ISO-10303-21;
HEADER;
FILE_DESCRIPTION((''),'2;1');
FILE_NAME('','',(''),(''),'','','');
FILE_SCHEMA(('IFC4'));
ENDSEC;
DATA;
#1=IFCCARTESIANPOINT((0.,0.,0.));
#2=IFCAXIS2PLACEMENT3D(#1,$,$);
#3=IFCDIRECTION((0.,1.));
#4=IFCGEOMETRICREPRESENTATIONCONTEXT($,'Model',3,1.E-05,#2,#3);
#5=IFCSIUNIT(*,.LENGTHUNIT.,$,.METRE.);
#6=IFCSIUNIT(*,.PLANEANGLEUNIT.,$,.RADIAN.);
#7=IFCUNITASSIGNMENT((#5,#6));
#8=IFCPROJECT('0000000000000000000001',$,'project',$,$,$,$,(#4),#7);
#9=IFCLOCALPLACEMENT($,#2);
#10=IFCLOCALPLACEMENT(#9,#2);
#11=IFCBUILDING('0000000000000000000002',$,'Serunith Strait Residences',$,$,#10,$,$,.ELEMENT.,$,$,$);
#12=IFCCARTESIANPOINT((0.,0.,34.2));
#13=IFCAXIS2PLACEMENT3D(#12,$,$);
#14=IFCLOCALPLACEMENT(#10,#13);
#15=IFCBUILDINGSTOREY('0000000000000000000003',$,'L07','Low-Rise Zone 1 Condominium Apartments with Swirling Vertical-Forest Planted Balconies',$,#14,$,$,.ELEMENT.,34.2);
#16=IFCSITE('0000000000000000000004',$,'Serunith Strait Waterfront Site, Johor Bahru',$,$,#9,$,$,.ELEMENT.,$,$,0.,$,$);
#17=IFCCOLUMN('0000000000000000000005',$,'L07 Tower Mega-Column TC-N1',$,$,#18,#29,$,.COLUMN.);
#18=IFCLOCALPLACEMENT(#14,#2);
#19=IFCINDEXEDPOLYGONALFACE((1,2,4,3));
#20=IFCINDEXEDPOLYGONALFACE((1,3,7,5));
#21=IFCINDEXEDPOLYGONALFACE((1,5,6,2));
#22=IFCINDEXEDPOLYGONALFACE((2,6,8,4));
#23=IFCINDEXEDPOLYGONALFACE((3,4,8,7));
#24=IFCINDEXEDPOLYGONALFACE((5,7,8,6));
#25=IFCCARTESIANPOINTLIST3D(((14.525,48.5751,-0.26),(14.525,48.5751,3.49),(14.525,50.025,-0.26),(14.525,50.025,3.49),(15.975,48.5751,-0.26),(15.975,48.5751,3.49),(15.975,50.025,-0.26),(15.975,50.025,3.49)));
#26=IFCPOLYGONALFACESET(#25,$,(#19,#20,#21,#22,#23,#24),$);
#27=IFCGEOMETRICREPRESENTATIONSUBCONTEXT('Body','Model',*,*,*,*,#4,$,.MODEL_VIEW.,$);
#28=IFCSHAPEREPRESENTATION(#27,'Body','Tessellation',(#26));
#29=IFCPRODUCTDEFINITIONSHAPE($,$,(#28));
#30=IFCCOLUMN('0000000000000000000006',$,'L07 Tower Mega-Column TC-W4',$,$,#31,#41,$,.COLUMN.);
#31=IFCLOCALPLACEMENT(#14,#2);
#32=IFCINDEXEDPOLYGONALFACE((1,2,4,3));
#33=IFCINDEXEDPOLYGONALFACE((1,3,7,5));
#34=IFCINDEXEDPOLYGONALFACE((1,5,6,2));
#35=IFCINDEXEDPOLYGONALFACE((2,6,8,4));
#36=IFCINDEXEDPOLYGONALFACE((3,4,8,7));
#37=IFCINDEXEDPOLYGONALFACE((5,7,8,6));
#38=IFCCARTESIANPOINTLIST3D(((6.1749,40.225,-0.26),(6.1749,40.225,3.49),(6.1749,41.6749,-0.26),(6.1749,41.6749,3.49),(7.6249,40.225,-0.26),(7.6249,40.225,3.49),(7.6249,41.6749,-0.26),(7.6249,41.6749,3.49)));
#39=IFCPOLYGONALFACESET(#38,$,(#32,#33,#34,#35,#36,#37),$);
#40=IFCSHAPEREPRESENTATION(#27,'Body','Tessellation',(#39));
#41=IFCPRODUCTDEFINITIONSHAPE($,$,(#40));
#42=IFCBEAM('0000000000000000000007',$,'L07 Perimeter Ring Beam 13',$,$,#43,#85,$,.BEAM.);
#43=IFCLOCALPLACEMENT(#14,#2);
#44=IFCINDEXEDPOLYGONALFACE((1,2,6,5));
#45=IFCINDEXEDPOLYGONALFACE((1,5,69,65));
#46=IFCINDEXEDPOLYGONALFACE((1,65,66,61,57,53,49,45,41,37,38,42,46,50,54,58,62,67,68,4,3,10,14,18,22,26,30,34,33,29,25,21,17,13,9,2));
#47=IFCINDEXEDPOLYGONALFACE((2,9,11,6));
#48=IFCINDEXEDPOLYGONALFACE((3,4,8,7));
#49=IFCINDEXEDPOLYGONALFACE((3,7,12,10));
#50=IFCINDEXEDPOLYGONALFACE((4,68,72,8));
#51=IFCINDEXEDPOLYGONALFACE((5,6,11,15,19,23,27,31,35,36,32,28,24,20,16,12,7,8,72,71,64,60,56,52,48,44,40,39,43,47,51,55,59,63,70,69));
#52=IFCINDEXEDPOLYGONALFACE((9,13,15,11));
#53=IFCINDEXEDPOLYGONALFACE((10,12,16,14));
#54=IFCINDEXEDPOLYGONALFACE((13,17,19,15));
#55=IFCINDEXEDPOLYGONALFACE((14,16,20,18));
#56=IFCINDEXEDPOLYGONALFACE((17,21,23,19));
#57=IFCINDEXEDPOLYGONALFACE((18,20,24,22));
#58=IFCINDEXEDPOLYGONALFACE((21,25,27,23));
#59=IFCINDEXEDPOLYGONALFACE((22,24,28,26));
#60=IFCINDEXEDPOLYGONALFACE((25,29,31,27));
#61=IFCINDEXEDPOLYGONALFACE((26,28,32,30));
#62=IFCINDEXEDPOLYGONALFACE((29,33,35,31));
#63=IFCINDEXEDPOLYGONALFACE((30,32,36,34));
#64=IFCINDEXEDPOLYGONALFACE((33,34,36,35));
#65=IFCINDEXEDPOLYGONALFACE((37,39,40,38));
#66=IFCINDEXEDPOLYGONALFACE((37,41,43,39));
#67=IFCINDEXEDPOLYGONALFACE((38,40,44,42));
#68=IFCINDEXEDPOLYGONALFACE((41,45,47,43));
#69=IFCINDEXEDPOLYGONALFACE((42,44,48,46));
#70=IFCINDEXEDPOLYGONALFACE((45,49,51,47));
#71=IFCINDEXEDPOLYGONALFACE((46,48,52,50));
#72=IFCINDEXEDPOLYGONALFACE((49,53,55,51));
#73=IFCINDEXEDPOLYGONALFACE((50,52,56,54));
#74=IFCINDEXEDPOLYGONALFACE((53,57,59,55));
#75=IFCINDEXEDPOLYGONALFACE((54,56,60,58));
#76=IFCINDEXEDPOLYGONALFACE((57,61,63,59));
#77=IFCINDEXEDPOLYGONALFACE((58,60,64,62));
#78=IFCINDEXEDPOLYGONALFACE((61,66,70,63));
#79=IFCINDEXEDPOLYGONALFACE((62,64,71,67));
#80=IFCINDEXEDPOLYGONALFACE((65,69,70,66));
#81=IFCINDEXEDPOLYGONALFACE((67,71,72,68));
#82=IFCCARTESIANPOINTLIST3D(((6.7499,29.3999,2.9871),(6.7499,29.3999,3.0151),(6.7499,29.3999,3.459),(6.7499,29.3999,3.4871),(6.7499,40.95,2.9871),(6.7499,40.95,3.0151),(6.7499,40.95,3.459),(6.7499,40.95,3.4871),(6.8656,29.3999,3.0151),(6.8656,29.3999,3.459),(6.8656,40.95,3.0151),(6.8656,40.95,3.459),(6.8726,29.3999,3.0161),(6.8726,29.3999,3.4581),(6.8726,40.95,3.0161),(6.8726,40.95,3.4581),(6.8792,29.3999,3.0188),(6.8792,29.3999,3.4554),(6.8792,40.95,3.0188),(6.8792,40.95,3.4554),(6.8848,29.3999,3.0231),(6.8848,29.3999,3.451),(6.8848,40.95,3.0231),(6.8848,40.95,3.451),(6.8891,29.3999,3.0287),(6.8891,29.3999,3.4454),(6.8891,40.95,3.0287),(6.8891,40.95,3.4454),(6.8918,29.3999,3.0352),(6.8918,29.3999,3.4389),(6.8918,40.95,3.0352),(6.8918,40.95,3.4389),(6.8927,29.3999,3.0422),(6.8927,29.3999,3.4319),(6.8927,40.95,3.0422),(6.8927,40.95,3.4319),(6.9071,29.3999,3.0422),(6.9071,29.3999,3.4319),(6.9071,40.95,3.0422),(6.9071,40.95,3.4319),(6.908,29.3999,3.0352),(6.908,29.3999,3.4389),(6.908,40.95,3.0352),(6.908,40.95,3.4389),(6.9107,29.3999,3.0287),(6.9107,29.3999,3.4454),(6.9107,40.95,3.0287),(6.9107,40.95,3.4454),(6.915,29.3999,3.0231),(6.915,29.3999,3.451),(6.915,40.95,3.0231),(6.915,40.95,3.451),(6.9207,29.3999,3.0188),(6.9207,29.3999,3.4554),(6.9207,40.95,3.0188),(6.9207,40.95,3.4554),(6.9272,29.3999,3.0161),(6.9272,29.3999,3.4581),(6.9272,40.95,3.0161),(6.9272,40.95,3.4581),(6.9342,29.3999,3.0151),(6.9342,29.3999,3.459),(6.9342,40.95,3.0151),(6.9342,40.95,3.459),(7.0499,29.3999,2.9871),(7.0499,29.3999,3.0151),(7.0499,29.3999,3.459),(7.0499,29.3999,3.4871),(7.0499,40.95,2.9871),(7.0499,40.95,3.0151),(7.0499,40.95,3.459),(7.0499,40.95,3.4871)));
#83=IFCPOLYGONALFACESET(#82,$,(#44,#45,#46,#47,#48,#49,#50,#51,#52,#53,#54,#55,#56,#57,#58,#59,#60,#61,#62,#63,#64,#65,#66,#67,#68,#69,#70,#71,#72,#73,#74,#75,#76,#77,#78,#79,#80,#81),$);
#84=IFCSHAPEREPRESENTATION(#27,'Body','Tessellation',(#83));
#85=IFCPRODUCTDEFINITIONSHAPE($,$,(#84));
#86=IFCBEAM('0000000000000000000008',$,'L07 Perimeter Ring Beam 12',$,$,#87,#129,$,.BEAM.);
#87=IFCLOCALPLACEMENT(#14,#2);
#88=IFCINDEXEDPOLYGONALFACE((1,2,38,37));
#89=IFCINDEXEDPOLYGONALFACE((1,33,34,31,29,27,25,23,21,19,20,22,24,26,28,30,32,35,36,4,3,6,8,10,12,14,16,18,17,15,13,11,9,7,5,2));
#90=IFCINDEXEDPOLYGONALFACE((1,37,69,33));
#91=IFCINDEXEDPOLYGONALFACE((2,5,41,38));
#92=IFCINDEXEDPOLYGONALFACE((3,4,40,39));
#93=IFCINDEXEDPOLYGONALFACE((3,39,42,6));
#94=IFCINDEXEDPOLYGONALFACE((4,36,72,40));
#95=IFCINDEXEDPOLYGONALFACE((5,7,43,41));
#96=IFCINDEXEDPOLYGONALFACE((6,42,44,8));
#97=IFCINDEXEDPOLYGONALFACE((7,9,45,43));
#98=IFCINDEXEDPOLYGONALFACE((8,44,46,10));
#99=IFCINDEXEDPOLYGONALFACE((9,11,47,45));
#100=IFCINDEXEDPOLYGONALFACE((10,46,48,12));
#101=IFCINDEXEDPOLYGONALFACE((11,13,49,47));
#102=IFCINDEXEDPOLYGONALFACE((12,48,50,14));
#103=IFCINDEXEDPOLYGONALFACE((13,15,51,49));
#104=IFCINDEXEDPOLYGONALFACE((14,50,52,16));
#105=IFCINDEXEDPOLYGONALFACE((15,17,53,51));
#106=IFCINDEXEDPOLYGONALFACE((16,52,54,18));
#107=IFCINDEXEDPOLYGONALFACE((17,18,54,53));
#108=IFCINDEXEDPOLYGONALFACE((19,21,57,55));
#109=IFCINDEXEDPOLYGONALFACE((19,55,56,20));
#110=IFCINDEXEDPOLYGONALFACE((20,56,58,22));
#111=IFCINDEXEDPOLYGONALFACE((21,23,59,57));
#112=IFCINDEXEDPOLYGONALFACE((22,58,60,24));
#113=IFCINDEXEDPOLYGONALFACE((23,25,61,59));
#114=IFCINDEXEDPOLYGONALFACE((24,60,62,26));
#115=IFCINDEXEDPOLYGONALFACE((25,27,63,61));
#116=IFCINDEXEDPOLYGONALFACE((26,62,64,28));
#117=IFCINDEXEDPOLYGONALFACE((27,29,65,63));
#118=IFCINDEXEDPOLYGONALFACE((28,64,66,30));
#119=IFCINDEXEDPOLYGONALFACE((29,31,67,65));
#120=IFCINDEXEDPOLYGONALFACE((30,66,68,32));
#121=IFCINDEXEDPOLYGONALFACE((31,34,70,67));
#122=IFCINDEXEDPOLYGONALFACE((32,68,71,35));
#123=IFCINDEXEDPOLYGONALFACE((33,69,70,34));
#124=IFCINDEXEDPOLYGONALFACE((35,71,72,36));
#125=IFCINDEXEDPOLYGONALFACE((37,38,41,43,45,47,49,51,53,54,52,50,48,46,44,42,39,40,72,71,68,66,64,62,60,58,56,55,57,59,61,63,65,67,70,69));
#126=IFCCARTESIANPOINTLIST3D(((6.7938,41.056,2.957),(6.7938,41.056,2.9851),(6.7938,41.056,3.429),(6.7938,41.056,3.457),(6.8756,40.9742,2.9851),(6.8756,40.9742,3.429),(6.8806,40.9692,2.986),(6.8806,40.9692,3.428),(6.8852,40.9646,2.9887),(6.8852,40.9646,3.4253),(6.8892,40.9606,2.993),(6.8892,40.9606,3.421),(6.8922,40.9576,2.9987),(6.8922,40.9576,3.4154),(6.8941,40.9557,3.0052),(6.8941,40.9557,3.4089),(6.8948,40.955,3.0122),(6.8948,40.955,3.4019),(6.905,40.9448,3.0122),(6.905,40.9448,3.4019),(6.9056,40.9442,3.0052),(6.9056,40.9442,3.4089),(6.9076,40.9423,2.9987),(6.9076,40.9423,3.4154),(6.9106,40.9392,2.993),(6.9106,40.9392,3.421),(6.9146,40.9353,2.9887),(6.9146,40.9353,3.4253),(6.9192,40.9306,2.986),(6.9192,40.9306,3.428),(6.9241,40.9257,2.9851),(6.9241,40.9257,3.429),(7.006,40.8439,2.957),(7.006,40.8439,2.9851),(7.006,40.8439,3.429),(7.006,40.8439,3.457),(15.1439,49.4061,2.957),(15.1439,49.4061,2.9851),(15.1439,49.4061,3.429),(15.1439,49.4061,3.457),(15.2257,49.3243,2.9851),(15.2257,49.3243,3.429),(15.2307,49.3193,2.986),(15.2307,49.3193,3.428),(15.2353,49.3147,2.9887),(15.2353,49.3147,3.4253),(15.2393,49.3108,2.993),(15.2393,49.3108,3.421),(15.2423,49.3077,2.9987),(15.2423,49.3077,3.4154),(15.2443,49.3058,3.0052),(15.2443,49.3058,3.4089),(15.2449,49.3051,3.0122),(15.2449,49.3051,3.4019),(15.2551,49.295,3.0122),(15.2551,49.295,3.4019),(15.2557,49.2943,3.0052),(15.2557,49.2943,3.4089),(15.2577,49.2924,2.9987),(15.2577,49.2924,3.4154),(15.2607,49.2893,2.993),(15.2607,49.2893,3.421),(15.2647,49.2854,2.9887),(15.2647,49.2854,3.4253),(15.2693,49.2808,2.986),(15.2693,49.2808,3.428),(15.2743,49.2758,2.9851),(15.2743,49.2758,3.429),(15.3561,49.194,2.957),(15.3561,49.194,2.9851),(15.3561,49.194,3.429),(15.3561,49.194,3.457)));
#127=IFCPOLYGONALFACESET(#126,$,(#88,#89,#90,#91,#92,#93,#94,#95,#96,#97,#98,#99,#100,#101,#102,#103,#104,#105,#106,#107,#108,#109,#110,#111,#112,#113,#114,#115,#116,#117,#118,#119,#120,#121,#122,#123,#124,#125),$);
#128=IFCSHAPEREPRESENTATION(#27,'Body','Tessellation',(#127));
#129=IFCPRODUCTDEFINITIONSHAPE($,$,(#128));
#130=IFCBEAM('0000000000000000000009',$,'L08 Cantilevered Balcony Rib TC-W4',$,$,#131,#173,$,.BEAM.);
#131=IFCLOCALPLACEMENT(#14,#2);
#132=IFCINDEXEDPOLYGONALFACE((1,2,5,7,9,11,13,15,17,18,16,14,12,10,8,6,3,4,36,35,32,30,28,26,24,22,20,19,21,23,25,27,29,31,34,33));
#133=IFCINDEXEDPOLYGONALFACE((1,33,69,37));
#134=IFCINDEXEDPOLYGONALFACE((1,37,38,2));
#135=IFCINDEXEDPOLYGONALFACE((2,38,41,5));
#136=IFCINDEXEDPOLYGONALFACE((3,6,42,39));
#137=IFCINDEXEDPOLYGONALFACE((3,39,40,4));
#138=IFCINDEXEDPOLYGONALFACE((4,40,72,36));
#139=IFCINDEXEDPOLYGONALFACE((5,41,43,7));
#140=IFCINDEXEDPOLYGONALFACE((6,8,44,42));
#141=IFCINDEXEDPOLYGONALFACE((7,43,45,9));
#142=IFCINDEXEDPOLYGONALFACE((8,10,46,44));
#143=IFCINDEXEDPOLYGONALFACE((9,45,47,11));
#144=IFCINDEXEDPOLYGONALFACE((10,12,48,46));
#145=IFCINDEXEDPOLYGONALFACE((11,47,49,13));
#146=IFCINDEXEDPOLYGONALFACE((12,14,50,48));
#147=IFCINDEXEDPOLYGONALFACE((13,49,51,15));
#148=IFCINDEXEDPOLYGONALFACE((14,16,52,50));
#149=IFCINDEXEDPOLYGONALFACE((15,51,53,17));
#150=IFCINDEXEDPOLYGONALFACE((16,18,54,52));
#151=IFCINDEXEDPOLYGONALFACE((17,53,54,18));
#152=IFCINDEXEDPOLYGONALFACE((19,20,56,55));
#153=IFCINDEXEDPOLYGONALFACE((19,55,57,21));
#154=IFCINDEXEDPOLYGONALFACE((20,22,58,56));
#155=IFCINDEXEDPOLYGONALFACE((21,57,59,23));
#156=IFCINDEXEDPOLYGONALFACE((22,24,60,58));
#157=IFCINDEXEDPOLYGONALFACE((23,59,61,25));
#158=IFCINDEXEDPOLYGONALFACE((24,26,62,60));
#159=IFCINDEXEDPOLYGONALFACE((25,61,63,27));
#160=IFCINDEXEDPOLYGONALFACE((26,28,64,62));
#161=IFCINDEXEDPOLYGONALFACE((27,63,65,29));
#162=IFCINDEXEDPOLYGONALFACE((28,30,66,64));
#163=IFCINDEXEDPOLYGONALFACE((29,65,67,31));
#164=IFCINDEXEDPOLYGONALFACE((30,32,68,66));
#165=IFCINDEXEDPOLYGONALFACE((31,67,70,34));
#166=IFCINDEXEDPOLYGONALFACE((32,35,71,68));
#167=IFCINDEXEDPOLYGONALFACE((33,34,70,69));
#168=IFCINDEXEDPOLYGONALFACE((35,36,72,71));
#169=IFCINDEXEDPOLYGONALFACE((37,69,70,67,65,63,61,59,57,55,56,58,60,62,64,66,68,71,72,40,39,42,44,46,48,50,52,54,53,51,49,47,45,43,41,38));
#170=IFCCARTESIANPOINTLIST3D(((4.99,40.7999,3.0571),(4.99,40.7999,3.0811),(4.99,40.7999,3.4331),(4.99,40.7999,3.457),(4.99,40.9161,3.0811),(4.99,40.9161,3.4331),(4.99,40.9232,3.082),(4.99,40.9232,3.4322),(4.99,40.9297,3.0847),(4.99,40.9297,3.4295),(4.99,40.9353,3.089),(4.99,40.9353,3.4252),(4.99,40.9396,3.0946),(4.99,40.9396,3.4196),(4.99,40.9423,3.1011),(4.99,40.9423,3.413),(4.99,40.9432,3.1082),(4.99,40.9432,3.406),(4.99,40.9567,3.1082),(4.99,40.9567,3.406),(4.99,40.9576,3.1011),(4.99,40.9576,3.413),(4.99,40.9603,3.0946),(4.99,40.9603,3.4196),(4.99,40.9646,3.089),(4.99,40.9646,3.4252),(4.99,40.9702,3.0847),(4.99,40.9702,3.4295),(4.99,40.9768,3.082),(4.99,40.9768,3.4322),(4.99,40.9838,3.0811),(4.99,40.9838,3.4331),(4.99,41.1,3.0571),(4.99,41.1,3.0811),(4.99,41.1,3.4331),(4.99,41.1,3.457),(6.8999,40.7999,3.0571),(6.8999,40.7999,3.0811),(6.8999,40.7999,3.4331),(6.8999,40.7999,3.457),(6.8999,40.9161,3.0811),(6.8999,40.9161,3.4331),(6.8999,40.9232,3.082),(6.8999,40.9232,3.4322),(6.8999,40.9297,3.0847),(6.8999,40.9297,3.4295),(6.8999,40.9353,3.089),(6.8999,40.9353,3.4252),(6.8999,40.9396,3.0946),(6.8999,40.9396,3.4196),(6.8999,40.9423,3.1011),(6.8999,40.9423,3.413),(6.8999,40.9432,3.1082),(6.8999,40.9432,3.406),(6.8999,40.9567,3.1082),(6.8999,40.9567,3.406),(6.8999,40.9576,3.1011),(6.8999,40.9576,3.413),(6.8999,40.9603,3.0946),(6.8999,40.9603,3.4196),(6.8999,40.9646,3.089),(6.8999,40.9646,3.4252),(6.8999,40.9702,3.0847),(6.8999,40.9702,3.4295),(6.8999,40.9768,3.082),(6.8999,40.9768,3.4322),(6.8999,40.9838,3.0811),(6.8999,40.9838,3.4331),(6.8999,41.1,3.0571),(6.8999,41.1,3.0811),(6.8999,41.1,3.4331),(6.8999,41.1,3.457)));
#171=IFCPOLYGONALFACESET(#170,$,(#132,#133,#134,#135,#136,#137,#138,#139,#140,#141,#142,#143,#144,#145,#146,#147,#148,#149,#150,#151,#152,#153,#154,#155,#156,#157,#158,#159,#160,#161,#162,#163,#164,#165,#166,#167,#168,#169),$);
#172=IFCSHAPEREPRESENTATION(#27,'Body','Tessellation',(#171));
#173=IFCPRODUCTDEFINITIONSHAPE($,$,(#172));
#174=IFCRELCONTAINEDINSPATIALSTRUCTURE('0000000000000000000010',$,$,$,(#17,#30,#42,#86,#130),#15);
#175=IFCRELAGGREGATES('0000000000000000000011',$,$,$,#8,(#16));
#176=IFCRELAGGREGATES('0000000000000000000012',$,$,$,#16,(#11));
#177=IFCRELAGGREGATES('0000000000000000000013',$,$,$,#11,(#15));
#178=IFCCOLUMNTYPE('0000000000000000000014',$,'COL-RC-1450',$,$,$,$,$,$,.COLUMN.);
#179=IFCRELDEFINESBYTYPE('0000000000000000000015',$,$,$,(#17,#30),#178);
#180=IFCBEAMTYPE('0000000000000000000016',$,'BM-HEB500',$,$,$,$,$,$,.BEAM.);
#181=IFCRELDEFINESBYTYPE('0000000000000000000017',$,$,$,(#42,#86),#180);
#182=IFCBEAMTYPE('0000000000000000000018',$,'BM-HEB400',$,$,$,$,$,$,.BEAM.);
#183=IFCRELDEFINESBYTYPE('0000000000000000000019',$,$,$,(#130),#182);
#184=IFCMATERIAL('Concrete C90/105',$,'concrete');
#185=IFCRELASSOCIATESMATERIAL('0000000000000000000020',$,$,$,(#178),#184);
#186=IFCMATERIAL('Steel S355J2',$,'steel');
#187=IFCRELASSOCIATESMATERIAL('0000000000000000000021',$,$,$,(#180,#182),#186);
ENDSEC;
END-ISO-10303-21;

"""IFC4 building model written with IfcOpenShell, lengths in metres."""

from ifc_helpers import new_model, si_unit, direction, frame, origin, origin_2d, place, context, subcontext, project, spatial, rectangle, i_section, extrude, source, transform, mapped, material, material_profile, profile_set, type_object, element, save


model = new_model("IFC4")

# Units and contexts
model_context = context("Model", 3, precision=1e-05, world=origin(), true_north=direction((0.0, 1.0)))
body_context = subcontext(model_context, "Body", "Model", "MODEL_VIEW")
ifc_project = project(units=[si_unit("LENGTHUNIT", "METRE"), si_unit("PLANEANGLEUNIT", "RADIAN")], contexts=[model_context])

# Site, building, storey
site_placement = place(None, origin())
site = spatial("IfcSite", under=ifc_project, at=site_placement, Name="Serunith Strait Waterfront Site, Johor Bahru", CompositionType="ELEMENT", RefElevation=0.0)
building_placement = place(site_placement, origin())
building = spatial("IfcBuilding", under=site, at=building_placement, Name="Serunith Strait Residences", CompositionType="ELEMENT")
storey_placement = place(building_placement, frame((0.0, 0.0, 34.2)))
storey = spatial("IfcBuildingStorey", under=building, at=storey_placement, Name="L07", Description="Low-Rise Zone 1 Condominium Apartments with Swirling Vertical-Forest Planted Balconies", CompositionType="ELEMENT", Elevation=34.2)

# Columns
ifc_material_1 = material(Name="Concrete C90/105", Category="concrete")
ifc_material_profile_1 = material_profile(ifc_material_1, rectangle(XDim=1.45, YDim=1.45, at=origin_2d()), Name="RC 1450x1450")
ifc_profile_set_1 = profile_set([ifc_material_profile_1], Name="Concrete C90/105")
column_type = type_object("IfcColumnType", Name="COL-RC-1450", PredefinedType="COLUMN", material=ifc_profile_set_1)
shared_shape_1 = source(origin(), body_context, "Body", "SweptSolid", [
    extrude(rectangle(XDim=1.45, YDim=1.45, at=origin_2d()), origin(), (0.0, 0.0, 1.0), 3.75),
])
for number, where, z_axis, x_axis, name in (
    (1, (15.25, 49.3, -0.26), (0.0, 0.0, 1.0), (1.0, 0.0, 0.0), "L07 Tower Mega-Column TC-N1"),
    (2, (6.8999, 40.95, -0.26), (0.0, 0.0, 1.0), (1.0, 0.0, 0.0), "L07 Tower Mega-Column TC-W4"),
):
    element("IfcColumn", number, at=place(storey_placement, frame(where, z_axis=z_axis, x_axis=x_axis)), inside=storey, type_object=column_type, Name=name, PredefinedType="COLUMN", context=body_context, shape_type="MappedRepresentation", body=[
        mapped(shared_shape_1, transform((0.0, 0.0, 0.0), scale=1.0)),
    ])

# Beams
ifc_material_2 = material(Name="Steel S355J2", Category="steel")
ifc_material_profile_2 = material_profile(ifc_material_2, i_section(OverallWidth=0.3, OverallDepth=0.5, WebThickness=0.0144, FlangeThickness=0.0281, FilletRadius=0.0271, at=origin_2d()), Name="HEB 500")
ifc_profile_set_2 = profile_set([ifc_material_profile_2], Name="Steel S355J2")
beam_type_1 = type_object("IfcBeamType", Name="BM-HEB500", PredefinedType="BEAM", material=ifc_profile_set_2)
shared_shape_2 = source(origin(), body_context, "Body", "SweptSolid", [
    extrude(i_section(OverallWidth=0.3, OverallDepth=0.5, WebThickness=0.0144, FlangeThickness=0.0281, FilletRadius=0.0271, at=origin_2d()), origin(), (0.0, 0.0, 1.0), 11.55),
])
beam_1_placement = place(storey_placement, frame((6.8999, 40.95, 3.2371), z_axis=(0.0, -1.0, 0.0), x_axis=(1.0, 0.0, 0.0)))
element("IfcBeam", 3, at=beam_1_placement, inside=storey, type_object=beam_type_1, Name="L07 Perimeter Ring Beam 13", PredefinedType="BEAM", context=body_context, shape_type="MappedRepresentation", body=[
    mapped(shared_shape_2, transform((0.0, 0.0, 0.0), scale=1.0)),
])
shared_shape_3 = source(origin(), body_context, "Body", "SweptSolid", [
    extrude(i_section(OverallWidth=0.3, OverallDepth=0.5, WebThickness=0.0144, FlangeThickness=0.0281, FilletRadius=0.0271, at=origin_2d()), origin(), (0.0, 0.0, 1.0), 11.8088),
])
beam_2_placement = place(storey_placement, frame((15.25, 49.3, 3.207), z_axis=(-0.707107, -0.707107, 0.0), x_axis=(0.707107, -0.707107, 0.0)))
element("IfcBeam", 4, at=beam_2_placement, inside=storey, type_object=beam_type_1, Name="L07 Perimeter Ring Beam 12", PredefinedType="BEAM", context=body_context, shape_type="MappedRepresentation", body=[
    mapped(shared_shape_3, transform((0.0, 0.0, 0.0), scale=1.0)),
])
ifc_material_profile_3 = material_profile(ifc_material_2, i_section(OverallWidth=0.3, OverallDepth=0.3999, WebThickness=0.0134, FlangeThickness=0.0239, FilletRadius=0.0271, at=origin_2d()), Name="HEB 400")
ifc_profile_set_3 = profile_set([ifc_material_profile_3], Name="Steel S355J2")
beam_type_2 = type_object("IfcBeamType", Name="BM-HEB400", PredefinedType="BEAM", material=ifc_profile_set_3)
shared_shape_4 = source(origin(), body_context, "Body", "SweptSolid", [
    extrude(i_section(OverallWidth=0.3, OverallDepth=0.3999, WebThickness=0.0134, FlangeThickness=0.0239, FilletRadius=0.0271, at=origin_2d()), origin(), (0.0, 0.0, 1.0), 1.9099),
])
beam_3_placement = place(storey_placement, frame((6.8999, 40.95, 3.2571), z_axis=(-1.0, 0.0, 0.0), x_axis=(0.0, -1.0, 0.0)))
element("IfcBeam", 5, at=beam_3_placement, inside=storey, type_object=beam_type_2, Name="L08 Cantilevered Balcony Rib TC-W4", PredefinedType="BEAM", context=body_context, shape_type="MappedRepresentation", body=[
    mapped(shared_shape_4, transform((0.0, 0.0, 0.0), scale=1.0)),
])

save(model, "model.ifc")
